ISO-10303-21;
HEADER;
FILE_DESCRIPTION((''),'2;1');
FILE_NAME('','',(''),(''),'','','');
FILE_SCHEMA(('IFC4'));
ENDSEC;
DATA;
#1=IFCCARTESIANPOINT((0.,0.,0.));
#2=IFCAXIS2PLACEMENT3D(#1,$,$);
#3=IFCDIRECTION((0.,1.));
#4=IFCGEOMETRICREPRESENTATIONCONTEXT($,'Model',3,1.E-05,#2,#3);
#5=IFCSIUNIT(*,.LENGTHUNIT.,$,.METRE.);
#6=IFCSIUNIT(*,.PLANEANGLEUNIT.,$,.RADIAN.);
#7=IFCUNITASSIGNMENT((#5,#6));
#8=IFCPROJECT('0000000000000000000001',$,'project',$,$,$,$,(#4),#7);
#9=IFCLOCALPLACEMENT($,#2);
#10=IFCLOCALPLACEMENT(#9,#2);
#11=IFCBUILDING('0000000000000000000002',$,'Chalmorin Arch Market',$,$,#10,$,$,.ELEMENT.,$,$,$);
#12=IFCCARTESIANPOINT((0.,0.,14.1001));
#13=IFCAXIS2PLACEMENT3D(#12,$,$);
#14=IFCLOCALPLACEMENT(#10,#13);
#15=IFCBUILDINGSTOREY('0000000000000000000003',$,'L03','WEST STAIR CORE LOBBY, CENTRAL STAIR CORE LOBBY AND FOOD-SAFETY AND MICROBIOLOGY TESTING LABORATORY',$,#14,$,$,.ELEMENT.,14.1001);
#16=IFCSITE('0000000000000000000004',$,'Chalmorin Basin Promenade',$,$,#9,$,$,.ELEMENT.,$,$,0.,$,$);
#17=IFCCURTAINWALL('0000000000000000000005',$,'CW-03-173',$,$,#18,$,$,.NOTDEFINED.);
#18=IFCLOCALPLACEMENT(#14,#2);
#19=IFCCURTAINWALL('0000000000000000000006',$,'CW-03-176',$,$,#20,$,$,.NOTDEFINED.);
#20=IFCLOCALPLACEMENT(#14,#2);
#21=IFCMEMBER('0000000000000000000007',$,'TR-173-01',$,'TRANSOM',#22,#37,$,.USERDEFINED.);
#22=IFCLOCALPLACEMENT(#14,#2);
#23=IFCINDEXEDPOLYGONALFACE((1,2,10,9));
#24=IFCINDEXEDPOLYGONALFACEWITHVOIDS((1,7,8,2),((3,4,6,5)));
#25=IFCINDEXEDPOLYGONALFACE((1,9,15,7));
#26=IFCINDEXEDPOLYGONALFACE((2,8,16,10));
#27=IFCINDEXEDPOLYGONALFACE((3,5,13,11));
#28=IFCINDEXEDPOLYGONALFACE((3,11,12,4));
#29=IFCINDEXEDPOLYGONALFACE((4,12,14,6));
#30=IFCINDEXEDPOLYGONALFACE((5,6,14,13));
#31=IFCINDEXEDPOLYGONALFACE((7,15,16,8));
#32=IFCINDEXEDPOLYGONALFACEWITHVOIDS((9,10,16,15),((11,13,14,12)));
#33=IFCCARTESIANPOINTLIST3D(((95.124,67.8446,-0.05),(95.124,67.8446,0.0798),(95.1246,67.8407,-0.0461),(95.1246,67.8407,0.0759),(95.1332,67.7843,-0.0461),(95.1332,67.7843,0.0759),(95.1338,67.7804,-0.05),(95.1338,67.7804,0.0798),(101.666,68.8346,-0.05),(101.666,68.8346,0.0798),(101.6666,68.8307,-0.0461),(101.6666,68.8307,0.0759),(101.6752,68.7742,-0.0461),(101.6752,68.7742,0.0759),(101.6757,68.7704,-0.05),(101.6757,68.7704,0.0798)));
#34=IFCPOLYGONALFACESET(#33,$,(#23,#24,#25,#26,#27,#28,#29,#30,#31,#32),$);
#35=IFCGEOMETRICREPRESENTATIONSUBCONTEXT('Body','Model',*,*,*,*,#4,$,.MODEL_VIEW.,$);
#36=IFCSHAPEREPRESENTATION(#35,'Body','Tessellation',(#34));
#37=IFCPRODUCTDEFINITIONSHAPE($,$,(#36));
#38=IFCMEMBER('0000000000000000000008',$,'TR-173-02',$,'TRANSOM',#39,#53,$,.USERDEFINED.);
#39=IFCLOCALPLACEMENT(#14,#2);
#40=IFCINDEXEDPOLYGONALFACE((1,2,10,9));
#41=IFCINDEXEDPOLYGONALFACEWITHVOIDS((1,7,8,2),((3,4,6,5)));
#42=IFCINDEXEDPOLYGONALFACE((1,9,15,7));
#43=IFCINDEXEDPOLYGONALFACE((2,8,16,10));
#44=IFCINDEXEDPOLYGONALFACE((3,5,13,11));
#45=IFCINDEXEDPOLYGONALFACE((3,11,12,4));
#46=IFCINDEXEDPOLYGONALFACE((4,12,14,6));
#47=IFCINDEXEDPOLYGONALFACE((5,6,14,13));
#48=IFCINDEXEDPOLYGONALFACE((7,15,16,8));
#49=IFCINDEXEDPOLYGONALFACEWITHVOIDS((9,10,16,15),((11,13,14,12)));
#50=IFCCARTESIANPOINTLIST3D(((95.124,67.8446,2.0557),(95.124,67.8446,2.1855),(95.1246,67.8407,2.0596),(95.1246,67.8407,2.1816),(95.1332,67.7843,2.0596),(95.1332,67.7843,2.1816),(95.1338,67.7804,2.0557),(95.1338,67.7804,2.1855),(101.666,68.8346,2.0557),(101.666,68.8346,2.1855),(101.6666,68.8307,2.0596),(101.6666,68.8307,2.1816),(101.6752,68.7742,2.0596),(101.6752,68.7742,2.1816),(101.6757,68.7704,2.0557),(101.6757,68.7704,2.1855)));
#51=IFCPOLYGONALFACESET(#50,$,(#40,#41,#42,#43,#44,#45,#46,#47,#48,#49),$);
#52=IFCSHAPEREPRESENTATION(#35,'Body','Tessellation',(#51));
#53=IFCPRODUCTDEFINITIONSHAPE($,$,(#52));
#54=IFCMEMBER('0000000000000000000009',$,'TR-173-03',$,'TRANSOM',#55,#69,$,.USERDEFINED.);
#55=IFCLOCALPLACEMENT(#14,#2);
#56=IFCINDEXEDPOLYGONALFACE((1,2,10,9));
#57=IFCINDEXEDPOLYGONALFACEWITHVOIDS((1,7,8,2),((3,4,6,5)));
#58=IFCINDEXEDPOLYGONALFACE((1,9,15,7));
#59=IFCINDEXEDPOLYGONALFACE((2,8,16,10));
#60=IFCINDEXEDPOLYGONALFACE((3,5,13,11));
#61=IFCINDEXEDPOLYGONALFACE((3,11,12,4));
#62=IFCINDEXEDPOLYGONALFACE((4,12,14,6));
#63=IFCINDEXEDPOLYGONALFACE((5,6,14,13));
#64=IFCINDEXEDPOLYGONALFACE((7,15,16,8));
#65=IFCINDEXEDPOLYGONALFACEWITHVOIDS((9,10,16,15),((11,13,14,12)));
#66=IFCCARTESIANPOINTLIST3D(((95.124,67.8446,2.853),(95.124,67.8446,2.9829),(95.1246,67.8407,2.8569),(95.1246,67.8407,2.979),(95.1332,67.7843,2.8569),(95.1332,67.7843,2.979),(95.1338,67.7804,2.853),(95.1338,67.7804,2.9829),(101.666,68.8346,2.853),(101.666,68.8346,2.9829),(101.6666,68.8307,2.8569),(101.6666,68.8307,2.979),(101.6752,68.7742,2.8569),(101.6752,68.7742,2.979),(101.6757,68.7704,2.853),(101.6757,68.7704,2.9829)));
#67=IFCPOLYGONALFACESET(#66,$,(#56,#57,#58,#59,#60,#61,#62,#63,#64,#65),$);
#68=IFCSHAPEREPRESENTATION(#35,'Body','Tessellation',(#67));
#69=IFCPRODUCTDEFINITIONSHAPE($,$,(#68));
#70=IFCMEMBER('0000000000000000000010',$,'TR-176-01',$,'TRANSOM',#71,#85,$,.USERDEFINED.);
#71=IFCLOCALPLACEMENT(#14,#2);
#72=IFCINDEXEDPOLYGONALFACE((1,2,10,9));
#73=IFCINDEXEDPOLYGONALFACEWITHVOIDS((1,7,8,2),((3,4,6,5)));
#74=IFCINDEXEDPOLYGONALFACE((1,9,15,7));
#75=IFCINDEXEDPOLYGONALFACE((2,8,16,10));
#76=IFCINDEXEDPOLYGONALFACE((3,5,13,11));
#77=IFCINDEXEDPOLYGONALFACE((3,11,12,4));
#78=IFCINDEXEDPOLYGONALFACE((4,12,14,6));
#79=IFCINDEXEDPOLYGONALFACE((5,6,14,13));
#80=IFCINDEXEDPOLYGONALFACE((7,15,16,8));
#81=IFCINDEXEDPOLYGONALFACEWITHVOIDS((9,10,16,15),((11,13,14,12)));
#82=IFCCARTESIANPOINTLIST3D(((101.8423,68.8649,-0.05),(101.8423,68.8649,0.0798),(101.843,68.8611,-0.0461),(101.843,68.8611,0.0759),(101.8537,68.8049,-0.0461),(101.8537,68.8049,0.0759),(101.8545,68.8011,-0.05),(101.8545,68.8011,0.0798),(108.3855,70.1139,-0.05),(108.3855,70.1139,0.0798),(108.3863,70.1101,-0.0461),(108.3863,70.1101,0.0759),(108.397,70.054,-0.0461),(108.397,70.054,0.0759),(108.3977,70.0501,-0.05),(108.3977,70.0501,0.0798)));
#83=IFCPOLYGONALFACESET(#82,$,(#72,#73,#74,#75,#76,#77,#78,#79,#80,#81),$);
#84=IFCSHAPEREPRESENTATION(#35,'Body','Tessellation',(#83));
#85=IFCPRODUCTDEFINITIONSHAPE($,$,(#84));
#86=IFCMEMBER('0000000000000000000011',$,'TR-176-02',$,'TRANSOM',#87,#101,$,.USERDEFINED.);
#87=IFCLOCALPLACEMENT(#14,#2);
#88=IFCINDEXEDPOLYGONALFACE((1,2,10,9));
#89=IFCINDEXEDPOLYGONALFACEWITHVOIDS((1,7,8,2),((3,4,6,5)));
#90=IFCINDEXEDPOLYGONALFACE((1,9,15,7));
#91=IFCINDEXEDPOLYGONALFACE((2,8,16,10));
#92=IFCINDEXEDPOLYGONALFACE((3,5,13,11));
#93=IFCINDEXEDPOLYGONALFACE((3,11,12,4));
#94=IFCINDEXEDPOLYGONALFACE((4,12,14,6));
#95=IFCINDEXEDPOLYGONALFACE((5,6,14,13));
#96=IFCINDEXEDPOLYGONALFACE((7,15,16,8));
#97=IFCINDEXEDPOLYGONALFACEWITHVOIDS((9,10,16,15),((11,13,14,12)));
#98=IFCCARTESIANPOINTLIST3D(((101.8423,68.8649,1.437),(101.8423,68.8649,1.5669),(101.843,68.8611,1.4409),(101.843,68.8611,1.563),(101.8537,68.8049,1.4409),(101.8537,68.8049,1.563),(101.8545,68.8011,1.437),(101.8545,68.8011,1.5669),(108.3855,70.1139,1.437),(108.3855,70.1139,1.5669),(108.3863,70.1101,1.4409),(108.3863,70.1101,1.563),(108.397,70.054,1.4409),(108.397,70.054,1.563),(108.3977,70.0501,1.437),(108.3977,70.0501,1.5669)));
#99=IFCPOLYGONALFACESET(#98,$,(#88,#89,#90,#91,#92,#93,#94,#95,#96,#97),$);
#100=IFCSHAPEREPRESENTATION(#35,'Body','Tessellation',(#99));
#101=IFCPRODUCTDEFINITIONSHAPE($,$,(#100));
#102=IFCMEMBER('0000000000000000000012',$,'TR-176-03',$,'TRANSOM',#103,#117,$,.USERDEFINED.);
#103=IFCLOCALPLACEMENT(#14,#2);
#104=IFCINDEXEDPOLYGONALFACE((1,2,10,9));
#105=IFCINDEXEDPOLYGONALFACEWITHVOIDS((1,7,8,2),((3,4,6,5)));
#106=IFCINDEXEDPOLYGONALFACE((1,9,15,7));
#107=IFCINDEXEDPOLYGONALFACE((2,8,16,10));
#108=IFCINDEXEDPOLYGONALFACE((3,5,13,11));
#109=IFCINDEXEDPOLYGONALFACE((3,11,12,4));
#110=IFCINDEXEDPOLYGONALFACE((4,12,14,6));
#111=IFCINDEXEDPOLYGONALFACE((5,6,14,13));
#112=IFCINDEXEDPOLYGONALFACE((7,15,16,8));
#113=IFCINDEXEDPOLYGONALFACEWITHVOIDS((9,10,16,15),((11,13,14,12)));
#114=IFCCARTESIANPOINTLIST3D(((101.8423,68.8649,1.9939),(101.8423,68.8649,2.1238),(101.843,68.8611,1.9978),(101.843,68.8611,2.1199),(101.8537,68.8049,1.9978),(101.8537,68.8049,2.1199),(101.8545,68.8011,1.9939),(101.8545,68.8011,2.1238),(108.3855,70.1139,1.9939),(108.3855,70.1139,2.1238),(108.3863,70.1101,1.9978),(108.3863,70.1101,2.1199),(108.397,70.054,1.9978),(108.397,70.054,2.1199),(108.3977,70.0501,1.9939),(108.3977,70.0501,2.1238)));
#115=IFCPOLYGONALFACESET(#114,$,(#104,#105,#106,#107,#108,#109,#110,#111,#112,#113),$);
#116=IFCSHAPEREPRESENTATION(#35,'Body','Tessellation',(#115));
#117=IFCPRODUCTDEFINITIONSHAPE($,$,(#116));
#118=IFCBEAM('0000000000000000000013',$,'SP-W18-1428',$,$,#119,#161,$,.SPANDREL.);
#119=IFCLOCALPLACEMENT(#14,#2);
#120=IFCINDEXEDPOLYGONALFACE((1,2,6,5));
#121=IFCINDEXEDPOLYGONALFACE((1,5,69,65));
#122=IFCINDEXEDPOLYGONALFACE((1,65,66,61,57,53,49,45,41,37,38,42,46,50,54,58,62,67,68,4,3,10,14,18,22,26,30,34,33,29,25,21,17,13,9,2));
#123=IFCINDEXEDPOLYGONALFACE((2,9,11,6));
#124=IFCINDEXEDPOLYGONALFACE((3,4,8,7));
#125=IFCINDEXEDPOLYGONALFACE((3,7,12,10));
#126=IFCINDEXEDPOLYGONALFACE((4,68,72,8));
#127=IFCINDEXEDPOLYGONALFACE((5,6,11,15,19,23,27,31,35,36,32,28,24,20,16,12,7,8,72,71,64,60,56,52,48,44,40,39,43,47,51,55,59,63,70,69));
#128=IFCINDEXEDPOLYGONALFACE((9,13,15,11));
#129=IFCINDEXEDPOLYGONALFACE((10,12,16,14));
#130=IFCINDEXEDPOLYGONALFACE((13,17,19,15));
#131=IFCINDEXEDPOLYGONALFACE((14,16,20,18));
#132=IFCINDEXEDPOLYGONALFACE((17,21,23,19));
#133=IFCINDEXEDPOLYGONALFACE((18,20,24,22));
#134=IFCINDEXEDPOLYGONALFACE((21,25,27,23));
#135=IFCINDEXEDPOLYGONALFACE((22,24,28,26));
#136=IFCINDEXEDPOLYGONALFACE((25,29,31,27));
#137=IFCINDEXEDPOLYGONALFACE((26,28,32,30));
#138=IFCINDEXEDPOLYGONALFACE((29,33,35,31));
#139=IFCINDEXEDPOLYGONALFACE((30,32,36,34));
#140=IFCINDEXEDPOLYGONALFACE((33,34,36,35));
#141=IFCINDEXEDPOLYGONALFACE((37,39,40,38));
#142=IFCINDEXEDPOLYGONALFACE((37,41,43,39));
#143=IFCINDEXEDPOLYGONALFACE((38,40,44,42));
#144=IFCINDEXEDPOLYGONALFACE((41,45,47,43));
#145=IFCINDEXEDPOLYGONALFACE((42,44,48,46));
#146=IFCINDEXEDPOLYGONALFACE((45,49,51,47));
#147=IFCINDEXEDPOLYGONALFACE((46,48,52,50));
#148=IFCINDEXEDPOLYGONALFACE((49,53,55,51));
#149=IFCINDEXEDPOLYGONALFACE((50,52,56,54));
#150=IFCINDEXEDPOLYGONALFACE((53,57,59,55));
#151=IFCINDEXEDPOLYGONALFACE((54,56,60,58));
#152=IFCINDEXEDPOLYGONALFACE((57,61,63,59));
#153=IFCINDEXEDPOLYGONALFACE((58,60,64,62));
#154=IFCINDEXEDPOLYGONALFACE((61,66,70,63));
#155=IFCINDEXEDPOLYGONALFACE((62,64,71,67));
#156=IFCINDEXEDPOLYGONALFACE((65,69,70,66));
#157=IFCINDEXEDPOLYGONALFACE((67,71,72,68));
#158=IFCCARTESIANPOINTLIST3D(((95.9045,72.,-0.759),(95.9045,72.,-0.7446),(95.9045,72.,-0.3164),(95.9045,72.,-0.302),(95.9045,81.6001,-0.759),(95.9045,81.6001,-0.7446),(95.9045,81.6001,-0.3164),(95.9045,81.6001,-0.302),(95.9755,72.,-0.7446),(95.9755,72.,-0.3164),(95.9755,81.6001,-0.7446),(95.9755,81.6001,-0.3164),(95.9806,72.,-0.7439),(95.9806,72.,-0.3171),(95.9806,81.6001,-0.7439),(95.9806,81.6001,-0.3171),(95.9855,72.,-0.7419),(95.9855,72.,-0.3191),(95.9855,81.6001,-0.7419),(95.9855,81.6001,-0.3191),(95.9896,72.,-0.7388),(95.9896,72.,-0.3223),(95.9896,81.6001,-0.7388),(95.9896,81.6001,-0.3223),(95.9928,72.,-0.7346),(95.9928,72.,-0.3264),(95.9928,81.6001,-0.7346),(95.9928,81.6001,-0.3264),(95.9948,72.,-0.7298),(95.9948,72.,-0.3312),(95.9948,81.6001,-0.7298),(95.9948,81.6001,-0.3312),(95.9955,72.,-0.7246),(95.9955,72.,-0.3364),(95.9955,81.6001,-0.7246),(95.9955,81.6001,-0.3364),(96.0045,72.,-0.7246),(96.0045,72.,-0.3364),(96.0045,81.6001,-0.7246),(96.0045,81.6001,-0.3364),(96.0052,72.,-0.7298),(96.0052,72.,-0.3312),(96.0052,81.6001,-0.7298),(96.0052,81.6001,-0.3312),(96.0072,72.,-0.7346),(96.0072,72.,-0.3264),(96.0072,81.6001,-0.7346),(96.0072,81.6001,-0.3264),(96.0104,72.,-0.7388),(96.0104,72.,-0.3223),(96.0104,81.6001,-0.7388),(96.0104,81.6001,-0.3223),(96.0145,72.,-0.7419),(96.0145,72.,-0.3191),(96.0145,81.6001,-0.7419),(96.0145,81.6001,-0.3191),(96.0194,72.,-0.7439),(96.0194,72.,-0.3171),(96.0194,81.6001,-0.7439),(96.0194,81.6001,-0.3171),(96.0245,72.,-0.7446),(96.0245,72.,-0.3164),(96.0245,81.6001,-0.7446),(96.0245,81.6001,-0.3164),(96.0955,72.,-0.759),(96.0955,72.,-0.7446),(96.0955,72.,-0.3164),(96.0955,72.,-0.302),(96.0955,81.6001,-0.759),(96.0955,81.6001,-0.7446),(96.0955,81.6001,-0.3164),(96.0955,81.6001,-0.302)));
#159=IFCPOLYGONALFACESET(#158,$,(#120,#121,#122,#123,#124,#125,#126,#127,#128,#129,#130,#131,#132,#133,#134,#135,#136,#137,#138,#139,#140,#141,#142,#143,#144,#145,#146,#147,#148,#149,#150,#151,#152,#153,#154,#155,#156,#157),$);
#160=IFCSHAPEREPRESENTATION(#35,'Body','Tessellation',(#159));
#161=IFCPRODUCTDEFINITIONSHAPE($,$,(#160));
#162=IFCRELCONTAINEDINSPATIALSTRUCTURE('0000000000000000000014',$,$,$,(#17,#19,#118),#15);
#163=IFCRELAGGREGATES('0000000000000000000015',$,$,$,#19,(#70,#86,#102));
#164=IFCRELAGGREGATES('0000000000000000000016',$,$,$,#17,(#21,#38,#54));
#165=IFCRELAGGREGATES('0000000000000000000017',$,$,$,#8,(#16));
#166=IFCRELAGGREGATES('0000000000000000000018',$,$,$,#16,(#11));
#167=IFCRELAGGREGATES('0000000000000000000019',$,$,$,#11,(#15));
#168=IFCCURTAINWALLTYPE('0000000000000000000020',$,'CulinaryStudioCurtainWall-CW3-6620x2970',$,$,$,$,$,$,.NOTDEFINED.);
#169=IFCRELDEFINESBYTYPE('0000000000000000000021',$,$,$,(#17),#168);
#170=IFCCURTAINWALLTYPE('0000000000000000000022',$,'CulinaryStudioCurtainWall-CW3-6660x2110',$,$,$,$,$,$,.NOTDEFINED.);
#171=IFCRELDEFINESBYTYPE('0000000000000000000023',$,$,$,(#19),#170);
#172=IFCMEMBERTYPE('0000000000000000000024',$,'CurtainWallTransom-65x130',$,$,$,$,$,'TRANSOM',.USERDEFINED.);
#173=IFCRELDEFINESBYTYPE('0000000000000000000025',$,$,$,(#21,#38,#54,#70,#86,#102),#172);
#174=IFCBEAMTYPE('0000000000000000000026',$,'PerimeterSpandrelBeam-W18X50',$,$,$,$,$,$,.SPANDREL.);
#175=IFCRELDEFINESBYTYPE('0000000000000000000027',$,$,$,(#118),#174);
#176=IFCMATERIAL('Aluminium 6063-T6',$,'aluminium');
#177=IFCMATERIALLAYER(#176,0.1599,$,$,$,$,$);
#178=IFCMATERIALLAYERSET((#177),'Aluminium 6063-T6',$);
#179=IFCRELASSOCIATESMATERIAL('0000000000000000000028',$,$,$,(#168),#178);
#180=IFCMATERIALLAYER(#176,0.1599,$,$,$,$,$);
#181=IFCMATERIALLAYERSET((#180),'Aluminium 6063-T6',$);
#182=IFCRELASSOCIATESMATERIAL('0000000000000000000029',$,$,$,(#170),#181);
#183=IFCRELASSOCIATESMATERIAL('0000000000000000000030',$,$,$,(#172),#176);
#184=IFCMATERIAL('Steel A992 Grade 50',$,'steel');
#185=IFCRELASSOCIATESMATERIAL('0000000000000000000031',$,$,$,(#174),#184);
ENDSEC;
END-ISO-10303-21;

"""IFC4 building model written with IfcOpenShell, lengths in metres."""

from ifc_helpers import new_model, si_unit, direction, frame, origin, origin_2d, place, context, subcontext, project, spatial, hollow_rectangle, i_section, extrude, material, layer, layer_set, material_profile, profile_set, type_object, element, aggregate, save


model = new_model("IFC4")

# Units and contexts
model_context = context("Model", 3, precision=1e-05, world=origin(), true_north=direction((0.0, 1.0)))
body_context = subcontext(model_context, "Body", "Model", "MODEL_VIEW")
ifc_project = project(units=[si_unit("LENGTHUNIT", "METRE"), si_unit("PLANEANGLEUNIT", "RADIAN")], contexts=[model_context])

# Site, building, storey
site_placement = place(None, origin())
site = spatial("IfcSite", under=ifc_project, at=site_placement, Name="Chalmorin Basin Promenade", CompositionType="ELEMENT", RefElevation=0.0)
building_placement = place(site_placement, origin())
building = spatial("IfcBuilding", under=site, at=building_placement, Name="Chalmorin Arch Market", CompositionType="ELEMENT")
storey_placement = place(building_placement, frame((0.0, 0.0, 14.1001)))
storey = spatial("IfcBuildingStorey", under=building, at=storey_placement, Name="L03", Description="WEST STAIR CORE LOBBY, CENTRAL STAIR CORE LOBBY AND FOOD-SAFETY AND MICROBIOLOGY TESTING LABORATORY", CompositionType="ELEMENT", Elevation=14.1001)

# Curtain wall
ifc_material_1 = material(Name="Aluminium 6063-T6", Category="aluminium")
ifc_layer_1 = layer(ifc_material_1, 0.1599)
ifc_layer_set_1 = layer_set([ifc_layer_1], Name="Aluminium 6063-T6")
curtain_wall_type_1 = type_object("IfcCurtainWallType", Name="CulinaryStudioCurtainWall-CW3-6620x2970", PredefinedType="NOTDEFINED", material=ifc_layer_set_1)
curtain_wall_1_placement = place(storey_placement, origin())
curtain_wall_1 = element("IfcCurtainWall", 1, at=curtain_wall_1_placement, inside=storey, type_object=curtain_wall_type_1, Name="CW-03-173", PredefinedType="NOTDEFINED")

# Curtain wall
ifc_layer_2 = layer(ifc_material_1, 0.1599)
ifc_layer_set_2 = layer_set([ifc_layer_2], Name="Aluminium 6063-T6")
curtain_wall_type_2 = type_object("IfcCurtainWallType", Name="CulinaryStudioCurtainWall-CW3-6660x2110", PredefinedType="NOTDEFINED", material=ifc_layer_set_2)
curtain_wall_2_placement = place(storey_placement, origin())
curtain_wall_2 = element("IfcCurtainWall", 2, at=curtain_wall_2_placement, inside=storey, type_object=curtain_wall_type_2, Name="CW-03-176", PredefinedType="NOTDEFINED")

# Members
ifc_material_profile_1 = material_profile(ifc_material_1, hollow_rectangle(XDim=0.0649, YDim=0.1299, WallThickness=0.0039, at=origin_2d()), Name="ALU65X130X4")
ifc_profile_set_1 = profile_set([ifc_material_profile_1], Name="Aluminium 6063-T6")
member_type_1 = type_object("IfcMemberType", Name="CurtainWallTransom-65x130", ElementType="TRANSOM", PredefinedType="USERDEFINED", material=ifc_profile_set_1)
member_1_placement = place(storey_placement, frame((95.1289, 67.8125, 0.0149), z_axis=(0.988743, 0.149625, 0.0), x_axis=(-0.149625, 0.988743, 0.0)))
member_1 = element("IfcMember", 3, at=member_1_placement, type_object=member_type_1, Name="TR-173-01", ObjectType="TRANSOM", PredefinedType="USERDEFINED", context=body_context, shape_type="SweptSolid", body=[
    extrude(hollow_rectangle(XDim=0.0649, YDim=0.1299, WallThickness=0.0039, at=origin_2d()), origin(), (0.0, 0.0, 1.0), 6.6165),
])
member_2_placement = place(storey_placement, frame((95.1289, 67.8125, 2.1206), z_axis=(0.988743, 0.149625, 0.0), x_axis=(-0.149625, 0.988743, 0.0)))
member_2 = element("IfcMember", 4, at=member_2_placement, type_object=member_type_1, Name="TR-173-02", ObjectType="TRANSOM", PredefinedType="USERDEFINED", context=body_context, shape_type="SweptSolid", body=[
    extrude(hollow_rectangle(XDim=0.0649, YDim=0.1299, WallThickness=0.0039, at=origin_2d()), origin(), (0.0, 0.0, 1.0), 6.6165),
])
member_3_placement = place(storey_placement, frame((95.1289, 67.8125, 2.918), z_axis=(0.988743, 0.149625, 0.0), x_axis=(-0.149625, 0.988743, 0.0)))
member_3 = element("IfcMember", 5, at=member_3_placement, type_object=member_type_1, Name="TR-173-03", ObjectType="TRANSOM", PredefinedType="USERDEFINED", context=body_context, shape_type="SweptSolid", body=[
    extrude(hollow_rectangle(XDim=0.0649, YDim=0.1299, WallThickness=0.0039, at=origin_2d()), origin(), (0.0, 0.0, 1.0), 6.6165),
])
member_4_placement = place(storey_placement, frame((101.8484, 68.833, 0.0149), z_axis=(0.982264, 0.187503, 0.0), x_axis=(-0.187503, 0.982264, 0.0)))
member_4 = element("IfcMember", 6, at=member_4_placement, type_object=member_type_1, Name="TR-176-01", ObjectType="TRANSOM", PredefinedType="USERDEFINED", context=body_context, shape_type="SweptSolid", body=[
    extrude(hollow_rectangle(XDim=0.0649, YDim=0.1299, WallThickness=0.0039, at=origin_2d()), origin(), (0.0, 0.0, 1.0), 6.6614),
])
member_5_placement = place(storey_placement, frame((101.8484, 68.833, 1.502), z_axis=(0.982264, 0.187503, 0.0), x_axis=(-0.187503, 0.982264, 0.0)))
member_5 = element("IfcMember", 7, at=member_5_placement, type_object=member_type_1, Name="TR-176-02", ObjectType="TRANSOM", PredefinedType="USERDEFINED", context=body_context, shape_type="SweptSolid", body=[
    extrude(hollow_rectangle(XDim=0.0649, YDim=0.1299, WallThickness=0.0039, at=origin_2d()), origin(), (0.0, 0.0, 1.0), 6.6614),
])
member_6_placement = place(storey_placement, frame((101.8484, 68.833, 2.0588), z_axis=(0.982264, 0.187503, 0.0), x_axis=(-0.187503, 0.982264, 0.0)))
member_6 = element("IfcMember", 8, at=member_6_placement, type_object=member_type_1, Name="TR-176-03", ObjectType="TRANSOM", PredefinedType="USERDEFINED", context=body_context, shape_type="SweptSolid", body=[
    extrude(hollow_rectangle(XDim=0.0649, YDim=0.1299, WallThickness=0.0039, at=origin_2d()), origin(), (0.0, 0.0, 1.0), 6.6614),
])
aggregate(curtain_wall_2, [member_4, member_5, member_6])

# Beam
ifc_material_2 = material(Name="Steel A992 Grade 50", Category="steel")
ifc_material_profile_2 = material_profile(ifc_material_2, i_section(OverallWidth=0.1909, OverallDepth=0.457, WebThickness=0.009, FlangeThickness=0.0144, FilletRadius=0.02, at=origin_2d()), Name="W18X50")
ifc_profile_set_2 = profile_set([ifc_material_profile_2], Name="Steel A992 Grade 50")
beam_type_1 = type_object("IfcBeamType", Name="PerimeterSpandrelBeam-W18X50", PredefinedType="SPANDREL", material=ifc_profile_set_2)
for number, where, z_axis, x_axis, name in (
    (9, (96.0, 72.0, -0.5305), (0.0, 1.0, 0.0), (-1.0, 0.0, 0.0), "SP-W18-1428"),
):
    element("IfcBeam", number, at=place(storey_placement, frame(where, z_axis=z_axis, x_axis=x_axis)), inside=storey, type_object=beam_type_1, Name=name, PredefinedType="SPANDREL", context=body_context, shape_type="SweptSolid", body=[
        extrude(i_section(OverallWidth=0.1909, OverallDepth=0.457, WebThickness=0.009, FlangeThickness=0.0144, FilletRadius=0.02, at=origin_2d()), origin(), (0.0, 0.0, 1.0), 9.6001),
    ])

aggregate(curtain_wall_1, [member_1, member_2, member_3])

save(model, "model.ifc")
